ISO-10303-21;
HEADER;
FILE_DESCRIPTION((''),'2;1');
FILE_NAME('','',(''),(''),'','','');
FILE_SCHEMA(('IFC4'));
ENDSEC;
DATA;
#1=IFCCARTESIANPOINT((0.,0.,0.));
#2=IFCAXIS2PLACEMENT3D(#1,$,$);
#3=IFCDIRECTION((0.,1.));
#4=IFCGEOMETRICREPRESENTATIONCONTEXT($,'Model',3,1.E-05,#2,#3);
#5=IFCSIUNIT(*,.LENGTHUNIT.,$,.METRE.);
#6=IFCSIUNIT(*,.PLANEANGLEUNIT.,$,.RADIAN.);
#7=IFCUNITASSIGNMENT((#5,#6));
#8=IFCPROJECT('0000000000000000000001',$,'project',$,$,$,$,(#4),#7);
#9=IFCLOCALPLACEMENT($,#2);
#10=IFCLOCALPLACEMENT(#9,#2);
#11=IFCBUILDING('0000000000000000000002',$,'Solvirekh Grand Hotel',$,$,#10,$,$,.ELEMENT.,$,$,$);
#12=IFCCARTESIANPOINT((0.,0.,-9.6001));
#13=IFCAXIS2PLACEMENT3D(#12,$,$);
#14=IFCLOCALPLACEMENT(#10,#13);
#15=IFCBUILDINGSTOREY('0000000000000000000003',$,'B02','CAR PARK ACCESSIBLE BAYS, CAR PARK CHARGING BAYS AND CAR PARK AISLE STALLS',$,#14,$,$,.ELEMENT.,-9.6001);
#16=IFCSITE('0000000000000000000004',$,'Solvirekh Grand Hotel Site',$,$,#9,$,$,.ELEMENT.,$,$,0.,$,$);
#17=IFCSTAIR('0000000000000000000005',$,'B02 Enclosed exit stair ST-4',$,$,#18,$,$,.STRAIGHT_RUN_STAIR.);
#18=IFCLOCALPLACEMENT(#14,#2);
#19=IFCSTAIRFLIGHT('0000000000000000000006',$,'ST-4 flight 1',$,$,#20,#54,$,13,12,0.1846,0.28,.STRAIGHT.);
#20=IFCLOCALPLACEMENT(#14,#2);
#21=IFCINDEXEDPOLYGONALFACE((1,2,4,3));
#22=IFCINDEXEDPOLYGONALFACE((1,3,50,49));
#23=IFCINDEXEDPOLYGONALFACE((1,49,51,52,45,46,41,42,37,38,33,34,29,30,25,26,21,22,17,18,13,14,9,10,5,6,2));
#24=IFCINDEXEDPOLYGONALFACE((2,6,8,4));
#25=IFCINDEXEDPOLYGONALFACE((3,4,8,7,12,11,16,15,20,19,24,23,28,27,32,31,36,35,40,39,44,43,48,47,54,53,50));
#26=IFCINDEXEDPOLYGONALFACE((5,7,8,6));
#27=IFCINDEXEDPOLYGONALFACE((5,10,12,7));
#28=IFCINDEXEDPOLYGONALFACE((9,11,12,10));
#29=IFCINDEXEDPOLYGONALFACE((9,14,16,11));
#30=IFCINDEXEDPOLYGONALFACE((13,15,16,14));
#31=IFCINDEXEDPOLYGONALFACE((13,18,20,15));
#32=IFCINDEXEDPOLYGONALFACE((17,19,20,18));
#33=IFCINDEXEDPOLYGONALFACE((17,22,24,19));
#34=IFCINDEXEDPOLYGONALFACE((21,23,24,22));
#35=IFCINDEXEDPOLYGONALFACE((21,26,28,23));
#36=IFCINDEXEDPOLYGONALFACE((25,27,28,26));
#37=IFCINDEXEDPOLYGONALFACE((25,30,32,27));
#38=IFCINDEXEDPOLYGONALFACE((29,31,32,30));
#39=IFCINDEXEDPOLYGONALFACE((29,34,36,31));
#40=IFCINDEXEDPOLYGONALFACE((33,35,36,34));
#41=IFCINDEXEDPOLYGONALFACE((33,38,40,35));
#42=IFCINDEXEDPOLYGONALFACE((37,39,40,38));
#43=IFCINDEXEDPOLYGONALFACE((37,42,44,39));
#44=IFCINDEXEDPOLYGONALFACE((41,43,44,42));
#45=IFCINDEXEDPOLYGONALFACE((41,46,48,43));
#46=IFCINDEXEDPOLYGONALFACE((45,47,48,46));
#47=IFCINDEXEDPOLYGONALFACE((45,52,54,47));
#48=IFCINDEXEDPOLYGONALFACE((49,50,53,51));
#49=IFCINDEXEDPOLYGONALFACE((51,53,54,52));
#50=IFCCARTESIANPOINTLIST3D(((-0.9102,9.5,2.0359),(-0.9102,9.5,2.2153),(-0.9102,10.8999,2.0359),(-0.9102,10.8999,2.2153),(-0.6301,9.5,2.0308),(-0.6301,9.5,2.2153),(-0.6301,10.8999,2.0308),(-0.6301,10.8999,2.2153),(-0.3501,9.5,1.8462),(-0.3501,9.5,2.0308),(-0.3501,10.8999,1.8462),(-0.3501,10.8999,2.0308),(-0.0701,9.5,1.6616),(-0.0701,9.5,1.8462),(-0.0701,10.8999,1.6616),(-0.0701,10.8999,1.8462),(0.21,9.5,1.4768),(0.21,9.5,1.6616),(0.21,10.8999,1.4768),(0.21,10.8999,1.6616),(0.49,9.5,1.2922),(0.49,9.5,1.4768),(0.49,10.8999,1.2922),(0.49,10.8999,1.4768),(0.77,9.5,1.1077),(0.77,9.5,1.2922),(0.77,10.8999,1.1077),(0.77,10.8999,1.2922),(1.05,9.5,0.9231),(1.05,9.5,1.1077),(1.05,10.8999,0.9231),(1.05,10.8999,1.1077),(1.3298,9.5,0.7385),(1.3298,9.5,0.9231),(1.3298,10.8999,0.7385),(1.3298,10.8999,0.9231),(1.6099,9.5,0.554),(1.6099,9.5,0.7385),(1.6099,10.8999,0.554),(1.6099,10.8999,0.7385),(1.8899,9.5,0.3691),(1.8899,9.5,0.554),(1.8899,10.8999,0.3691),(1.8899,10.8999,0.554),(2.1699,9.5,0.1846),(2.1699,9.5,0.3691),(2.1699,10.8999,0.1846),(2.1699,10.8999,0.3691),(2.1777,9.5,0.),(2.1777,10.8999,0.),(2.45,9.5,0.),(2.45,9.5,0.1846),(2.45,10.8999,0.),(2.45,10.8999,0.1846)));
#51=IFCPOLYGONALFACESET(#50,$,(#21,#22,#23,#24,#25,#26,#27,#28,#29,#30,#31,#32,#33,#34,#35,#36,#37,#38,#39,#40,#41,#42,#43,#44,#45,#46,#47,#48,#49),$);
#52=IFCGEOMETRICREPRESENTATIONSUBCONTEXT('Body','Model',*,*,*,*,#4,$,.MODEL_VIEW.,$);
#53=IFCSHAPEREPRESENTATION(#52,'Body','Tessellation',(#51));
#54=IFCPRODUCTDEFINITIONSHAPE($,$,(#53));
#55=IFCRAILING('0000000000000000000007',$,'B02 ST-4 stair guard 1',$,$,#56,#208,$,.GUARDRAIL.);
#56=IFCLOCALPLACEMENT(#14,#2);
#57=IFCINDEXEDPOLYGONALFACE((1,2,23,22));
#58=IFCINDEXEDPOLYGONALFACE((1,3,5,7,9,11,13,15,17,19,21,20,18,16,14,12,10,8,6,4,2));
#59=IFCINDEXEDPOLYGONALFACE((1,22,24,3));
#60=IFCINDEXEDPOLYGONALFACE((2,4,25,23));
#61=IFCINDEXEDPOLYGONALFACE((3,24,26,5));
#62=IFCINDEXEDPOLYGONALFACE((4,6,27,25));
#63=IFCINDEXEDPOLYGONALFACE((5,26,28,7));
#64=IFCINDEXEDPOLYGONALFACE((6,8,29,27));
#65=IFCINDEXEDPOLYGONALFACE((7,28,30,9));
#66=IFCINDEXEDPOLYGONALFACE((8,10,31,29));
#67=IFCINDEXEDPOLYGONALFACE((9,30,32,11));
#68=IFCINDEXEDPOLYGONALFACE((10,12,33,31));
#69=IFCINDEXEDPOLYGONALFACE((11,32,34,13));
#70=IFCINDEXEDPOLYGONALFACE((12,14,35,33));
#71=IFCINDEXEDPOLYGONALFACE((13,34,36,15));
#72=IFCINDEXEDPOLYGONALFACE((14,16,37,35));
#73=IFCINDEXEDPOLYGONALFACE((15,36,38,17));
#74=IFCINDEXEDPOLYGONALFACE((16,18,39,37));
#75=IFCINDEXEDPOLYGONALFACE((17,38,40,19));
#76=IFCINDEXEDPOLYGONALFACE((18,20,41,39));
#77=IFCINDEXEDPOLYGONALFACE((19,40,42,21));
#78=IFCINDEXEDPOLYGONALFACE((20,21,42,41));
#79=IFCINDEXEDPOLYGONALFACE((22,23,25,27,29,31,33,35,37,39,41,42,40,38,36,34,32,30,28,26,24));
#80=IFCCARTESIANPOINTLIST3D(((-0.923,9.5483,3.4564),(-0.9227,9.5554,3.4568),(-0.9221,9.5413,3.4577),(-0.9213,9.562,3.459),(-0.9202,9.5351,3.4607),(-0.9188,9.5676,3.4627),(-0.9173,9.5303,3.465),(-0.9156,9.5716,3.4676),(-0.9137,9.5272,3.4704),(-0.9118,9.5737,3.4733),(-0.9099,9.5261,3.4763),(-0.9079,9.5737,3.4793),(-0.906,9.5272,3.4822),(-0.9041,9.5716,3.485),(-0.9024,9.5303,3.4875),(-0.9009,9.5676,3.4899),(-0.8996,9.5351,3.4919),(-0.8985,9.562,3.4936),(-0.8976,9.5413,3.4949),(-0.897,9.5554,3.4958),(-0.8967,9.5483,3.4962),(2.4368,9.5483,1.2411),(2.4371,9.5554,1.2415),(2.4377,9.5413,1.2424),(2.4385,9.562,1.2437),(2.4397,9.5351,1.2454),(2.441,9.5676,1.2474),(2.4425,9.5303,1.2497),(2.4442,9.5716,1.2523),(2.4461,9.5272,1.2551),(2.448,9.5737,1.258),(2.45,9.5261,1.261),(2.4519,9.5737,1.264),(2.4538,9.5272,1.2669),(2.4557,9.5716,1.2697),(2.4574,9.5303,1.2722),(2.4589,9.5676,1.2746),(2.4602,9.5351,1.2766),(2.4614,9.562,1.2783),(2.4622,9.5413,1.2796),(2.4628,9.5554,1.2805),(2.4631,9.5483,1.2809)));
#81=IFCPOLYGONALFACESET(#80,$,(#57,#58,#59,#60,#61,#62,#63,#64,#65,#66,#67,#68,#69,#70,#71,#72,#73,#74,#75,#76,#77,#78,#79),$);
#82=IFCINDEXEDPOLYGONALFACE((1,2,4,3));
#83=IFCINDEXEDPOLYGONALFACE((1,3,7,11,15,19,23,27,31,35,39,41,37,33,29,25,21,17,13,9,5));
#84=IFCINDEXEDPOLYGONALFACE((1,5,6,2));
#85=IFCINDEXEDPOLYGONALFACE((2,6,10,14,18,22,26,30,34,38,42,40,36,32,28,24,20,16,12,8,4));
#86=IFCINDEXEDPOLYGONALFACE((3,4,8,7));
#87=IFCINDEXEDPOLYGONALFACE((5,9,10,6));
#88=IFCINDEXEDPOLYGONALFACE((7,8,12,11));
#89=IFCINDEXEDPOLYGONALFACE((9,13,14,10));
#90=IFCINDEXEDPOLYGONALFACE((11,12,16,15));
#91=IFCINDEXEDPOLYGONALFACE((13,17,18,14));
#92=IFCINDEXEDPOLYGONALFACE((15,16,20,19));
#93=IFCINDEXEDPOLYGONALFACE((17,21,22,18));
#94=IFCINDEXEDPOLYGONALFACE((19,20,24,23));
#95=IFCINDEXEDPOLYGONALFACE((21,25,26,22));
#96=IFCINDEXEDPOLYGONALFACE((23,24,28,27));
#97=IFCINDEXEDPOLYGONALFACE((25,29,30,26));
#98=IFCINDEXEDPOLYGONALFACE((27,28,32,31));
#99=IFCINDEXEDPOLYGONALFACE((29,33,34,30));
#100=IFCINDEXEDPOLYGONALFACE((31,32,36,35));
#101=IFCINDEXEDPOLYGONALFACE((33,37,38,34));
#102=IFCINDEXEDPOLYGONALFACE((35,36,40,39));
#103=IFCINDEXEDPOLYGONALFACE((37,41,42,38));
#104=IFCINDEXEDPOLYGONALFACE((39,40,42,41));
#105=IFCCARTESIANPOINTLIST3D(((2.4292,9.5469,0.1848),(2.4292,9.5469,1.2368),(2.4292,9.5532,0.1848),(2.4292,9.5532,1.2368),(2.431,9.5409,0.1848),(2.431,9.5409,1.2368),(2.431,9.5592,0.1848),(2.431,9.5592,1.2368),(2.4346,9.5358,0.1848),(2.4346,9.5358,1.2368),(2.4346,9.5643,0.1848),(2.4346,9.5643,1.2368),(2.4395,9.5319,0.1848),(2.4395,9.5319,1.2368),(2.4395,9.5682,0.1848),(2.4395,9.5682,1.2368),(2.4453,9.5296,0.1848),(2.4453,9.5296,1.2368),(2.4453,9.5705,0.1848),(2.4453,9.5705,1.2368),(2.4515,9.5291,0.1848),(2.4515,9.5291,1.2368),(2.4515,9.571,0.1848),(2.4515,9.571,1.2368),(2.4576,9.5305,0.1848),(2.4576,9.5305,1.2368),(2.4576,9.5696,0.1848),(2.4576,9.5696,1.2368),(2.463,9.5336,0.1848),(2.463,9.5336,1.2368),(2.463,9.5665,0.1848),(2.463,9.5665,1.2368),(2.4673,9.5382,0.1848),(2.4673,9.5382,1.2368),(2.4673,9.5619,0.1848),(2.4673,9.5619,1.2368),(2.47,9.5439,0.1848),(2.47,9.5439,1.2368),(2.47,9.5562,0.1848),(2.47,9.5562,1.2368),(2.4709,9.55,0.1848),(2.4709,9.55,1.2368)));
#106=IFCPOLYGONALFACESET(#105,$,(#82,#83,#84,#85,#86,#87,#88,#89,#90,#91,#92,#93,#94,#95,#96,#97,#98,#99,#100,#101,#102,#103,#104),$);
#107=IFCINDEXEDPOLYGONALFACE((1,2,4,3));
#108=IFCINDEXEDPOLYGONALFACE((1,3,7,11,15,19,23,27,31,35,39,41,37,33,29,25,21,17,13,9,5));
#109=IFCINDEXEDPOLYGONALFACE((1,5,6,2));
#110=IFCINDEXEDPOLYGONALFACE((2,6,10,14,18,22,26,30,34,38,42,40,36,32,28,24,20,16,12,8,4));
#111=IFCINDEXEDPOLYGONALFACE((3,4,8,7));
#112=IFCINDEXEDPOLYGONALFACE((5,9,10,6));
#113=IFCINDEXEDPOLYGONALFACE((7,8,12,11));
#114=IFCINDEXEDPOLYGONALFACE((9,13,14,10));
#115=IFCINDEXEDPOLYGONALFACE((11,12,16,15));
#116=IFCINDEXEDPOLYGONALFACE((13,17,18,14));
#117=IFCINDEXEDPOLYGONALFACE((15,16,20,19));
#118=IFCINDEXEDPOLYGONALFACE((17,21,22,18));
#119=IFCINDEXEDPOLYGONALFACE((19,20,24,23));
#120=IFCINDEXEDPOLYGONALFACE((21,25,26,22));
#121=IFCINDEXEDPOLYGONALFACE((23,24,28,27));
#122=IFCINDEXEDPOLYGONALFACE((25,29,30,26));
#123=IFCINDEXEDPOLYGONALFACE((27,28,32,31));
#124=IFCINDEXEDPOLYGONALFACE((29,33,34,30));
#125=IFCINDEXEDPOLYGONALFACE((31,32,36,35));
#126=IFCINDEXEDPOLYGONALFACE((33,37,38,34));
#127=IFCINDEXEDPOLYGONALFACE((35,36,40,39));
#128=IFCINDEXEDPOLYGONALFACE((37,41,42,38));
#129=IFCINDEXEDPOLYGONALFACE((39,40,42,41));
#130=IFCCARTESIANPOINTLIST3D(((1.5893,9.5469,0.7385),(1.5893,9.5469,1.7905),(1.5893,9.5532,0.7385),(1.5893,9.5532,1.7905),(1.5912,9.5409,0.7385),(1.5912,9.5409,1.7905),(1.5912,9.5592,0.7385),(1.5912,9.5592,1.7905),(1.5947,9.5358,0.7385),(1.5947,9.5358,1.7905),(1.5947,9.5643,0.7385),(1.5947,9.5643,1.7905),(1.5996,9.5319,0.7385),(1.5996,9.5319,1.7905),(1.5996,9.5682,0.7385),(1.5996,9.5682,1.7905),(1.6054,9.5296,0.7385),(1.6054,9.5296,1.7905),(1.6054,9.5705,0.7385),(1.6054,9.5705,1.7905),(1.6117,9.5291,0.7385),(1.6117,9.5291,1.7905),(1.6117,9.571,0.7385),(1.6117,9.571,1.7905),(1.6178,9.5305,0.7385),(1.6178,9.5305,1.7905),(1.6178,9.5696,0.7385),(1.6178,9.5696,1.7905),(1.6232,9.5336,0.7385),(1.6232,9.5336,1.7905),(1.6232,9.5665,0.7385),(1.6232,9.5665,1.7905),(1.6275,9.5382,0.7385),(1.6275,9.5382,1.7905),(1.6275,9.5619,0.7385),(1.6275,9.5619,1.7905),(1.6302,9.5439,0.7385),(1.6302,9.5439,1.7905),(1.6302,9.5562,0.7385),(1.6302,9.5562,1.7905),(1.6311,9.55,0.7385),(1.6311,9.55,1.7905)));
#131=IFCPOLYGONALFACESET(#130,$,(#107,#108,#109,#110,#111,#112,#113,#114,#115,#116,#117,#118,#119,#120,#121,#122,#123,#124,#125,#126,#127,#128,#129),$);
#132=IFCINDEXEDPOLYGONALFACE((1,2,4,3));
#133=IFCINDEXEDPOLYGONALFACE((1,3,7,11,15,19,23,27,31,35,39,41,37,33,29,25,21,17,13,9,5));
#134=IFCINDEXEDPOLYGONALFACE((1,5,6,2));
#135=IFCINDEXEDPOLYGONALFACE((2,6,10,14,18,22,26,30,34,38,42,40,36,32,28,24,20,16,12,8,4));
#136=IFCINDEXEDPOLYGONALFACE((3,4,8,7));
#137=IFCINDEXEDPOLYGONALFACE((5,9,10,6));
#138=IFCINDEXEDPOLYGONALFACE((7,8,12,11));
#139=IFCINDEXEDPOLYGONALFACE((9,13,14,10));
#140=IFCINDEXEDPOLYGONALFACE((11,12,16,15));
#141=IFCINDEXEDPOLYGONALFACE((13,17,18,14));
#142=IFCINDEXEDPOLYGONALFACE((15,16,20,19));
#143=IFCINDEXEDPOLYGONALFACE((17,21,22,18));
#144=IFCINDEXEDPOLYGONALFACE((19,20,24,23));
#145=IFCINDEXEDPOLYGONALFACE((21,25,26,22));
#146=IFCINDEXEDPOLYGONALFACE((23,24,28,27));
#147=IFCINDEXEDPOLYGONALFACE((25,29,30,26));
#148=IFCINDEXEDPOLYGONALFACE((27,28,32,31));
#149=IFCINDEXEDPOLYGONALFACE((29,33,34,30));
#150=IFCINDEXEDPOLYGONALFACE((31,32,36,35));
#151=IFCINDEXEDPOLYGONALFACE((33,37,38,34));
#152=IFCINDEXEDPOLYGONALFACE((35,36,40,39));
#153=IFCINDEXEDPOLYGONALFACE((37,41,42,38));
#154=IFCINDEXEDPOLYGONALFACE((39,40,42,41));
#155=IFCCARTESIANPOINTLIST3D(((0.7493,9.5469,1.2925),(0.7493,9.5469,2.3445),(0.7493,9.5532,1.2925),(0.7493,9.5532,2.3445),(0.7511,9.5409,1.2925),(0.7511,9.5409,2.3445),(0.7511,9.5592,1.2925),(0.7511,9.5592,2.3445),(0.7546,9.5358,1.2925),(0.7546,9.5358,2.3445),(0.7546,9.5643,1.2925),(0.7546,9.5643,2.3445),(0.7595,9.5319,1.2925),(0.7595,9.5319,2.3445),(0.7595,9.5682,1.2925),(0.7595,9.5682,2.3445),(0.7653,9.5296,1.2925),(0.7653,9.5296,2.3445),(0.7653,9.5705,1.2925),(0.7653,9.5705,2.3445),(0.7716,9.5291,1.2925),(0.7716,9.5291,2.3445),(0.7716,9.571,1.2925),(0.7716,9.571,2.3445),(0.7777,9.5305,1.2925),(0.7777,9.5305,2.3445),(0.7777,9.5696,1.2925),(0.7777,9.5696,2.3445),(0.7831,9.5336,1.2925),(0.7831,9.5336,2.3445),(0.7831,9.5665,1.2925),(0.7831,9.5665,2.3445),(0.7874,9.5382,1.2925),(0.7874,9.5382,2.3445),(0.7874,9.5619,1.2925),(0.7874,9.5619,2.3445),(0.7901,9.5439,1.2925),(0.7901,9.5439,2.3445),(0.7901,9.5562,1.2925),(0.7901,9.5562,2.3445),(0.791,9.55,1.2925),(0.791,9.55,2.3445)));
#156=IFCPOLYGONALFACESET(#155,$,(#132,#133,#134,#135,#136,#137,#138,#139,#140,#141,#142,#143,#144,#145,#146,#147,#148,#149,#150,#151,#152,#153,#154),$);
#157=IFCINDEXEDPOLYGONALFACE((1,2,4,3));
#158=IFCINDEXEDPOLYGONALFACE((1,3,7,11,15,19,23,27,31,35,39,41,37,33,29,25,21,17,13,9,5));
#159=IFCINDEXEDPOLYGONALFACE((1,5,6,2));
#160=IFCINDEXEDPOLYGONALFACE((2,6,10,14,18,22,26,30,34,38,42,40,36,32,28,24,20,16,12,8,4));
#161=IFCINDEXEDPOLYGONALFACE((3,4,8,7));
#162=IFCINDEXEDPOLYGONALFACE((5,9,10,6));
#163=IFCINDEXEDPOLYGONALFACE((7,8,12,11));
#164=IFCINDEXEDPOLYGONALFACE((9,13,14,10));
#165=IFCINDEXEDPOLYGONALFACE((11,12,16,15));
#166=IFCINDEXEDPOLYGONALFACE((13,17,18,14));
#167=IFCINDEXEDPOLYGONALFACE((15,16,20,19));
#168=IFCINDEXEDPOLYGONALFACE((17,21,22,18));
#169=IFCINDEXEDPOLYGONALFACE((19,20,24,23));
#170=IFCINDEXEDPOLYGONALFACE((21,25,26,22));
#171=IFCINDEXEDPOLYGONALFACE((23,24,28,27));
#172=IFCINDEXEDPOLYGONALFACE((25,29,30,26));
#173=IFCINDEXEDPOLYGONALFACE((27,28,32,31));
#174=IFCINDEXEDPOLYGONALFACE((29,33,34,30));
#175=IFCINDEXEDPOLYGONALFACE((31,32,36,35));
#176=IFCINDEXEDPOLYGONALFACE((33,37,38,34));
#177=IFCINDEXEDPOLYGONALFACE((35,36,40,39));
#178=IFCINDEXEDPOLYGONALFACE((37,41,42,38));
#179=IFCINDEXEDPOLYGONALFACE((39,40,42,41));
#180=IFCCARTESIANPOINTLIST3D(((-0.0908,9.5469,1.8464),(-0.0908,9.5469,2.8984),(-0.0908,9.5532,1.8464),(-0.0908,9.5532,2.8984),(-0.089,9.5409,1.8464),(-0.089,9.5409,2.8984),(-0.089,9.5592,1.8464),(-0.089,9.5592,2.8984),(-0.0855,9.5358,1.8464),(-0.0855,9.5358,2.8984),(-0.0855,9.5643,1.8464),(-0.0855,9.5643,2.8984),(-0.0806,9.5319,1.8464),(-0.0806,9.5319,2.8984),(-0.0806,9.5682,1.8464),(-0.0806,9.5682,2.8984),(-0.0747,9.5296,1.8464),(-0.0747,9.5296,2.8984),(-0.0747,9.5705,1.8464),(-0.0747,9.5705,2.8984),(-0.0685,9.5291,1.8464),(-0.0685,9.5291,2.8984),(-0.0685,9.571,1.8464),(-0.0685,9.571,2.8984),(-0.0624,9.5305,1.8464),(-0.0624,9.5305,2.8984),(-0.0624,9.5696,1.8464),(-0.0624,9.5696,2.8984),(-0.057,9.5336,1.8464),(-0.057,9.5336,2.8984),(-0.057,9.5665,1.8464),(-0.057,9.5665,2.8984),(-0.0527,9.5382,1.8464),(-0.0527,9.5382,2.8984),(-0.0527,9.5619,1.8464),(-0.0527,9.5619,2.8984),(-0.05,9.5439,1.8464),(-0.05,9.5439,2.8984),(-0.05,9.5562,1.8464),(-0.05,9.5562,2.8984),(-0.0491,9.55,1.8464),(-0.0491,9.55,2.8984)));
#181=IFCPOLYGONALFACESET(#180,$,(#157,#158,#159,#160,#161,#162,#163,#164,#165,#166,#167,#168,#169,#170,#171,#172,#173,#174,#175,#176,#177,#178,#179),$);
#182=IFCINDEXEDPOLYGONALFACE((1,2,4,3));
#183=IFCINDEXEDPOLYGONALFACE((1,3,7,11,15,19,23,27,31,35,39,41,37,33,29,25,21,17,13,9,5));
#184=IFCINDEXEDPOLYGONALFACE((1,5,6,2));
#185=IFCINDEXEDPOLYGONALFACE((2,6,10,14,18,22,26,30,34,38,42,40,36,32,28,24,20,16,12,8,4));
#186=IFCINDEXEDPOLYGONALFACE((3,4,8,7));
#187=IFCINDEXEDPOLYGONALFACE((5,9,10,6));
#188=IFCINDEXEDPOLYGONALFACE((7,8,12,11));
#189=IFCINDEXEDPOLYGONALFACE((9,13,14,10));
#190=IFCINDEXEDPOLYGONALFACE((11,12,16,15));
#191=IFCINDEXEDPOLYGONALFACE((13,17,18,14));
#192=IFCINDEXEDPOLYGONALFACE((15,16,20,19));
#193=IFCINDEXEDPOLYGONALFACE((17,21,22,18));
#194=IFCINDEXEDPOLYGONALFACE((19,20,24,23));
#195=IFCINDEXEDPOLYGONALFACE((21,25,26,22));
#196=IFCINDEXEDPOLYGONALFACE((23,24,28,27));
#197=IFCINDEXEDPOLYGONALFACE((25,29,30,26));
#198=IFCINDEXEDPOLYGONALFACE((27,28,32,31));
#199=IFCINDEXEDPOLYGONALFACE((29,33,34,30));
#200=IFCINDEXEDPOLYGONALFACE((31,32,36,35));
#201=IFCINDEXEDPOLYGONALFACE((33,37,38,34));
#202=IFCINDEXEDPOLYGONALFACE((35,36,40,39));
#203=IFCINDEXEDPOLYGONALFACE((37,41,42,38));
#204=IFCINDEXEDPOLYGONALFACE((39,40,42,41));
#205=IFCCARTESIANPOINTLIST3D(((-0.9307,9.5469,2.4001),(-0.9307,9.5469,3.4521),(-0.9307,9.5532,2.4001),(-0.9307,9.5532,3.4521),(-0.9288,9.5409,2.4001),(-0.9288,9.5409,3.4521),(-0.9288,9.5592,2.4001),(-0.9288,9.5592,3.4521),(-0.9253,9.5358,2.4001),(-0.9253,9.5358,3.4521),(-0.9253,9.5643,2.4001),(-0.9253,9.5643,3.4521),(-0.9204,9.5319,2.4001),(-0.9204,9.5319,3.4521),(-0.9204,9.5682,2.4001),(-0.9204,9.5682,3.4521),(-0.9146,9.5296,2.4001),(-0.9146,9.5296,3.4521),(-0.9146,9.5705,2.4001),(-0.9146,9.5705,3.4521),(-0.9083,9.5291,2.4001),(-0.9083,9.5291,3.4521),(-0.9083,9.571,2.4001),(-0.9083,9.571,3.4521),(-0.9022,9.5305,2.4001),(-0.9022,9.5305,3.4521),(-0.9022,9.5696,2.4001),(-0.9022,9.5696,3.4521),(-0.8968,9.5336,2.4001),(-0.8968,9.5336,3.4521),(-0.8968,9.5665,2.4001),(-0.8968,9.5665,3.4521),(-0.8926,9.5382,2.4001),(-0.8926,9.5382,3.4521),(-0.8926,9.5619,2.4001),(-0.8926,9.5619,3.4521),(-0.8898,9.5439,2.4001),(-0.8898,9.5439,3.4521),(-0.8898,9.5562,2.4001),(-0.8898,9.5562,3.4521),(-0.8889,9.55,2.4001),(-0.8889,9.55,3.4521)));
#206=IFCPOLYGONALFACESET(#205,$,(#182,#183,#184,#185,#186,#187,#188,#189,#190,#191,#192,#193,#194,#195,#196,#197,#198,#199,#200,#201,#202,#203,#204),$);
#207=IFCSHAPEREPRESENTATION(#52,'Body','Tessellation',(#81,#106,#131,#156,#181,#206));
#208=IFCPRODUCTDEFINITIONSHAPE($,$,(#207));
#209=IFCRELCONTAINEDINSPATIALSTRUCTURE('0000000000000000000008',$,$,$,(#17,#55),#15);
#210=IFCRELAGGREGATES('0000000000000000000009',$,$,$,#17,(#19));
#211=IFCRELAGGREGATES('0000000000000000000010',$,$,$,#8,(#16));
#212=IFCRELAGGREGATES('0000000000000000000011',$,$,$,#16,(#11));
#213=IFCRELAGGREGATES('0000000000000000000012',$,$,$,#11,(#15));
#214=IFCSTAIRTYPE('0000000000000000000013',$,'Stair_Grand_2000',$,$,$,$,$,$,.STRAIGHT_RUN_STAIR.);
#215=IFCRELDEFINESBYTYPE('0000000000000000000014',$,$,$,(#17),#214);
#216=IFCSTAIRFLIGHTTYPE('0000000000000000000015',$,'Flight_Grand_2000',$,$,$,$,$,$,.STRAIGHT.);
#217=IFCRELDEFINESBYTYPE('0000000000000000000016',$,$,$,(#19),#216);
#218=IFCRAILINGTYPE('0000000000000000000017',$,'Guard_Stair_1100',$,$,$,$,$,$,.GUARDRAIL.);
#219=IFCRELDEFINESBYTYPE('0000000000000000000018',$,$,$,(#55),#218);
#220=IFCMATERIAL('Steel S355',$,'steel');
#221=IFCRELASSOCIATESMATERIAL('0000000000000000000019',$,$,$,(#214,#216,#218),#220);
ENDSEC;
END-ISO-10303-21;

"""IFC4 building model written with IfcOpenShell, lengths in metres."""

from ifc_helpers import new_model, si_unit, direction, frame, origin, origin_2d, place, context, subcontext, project, spatial, polyline, circle, outline, extrude, material, type_object, element, aggregate, save


model = new_model("IFC4")

# Units and contexts
model_context = context("Model", 3, precision=1e-05, world=origin(), true_north=direction((0.0, 1.0)))
body_context = subcontext(model_context, "Body", "Model", "MODEL_VIEW")
ifc_project = project(units=[si_unit("LENGTHUNIT", "METRE"), si_unit("PLANEANGLEUNIT", "RADIAN")], contexts=[model_context])

# Site, building, storey
site_placement = place(None, origin())
site = spatial("IfcSite", under=ifc_project, at=site_placement, Name="Solvirekh Grand Hotel Site", CompositionType="ELEMENT", RefElevation=0.0)
building_placement = place(site_placement, origin())
building = spatial("IfcBuilding", under=site, at=building_placement, Name="Solvirekh Grand Hotel", CompositionType="ELEMENT")
storey_placement = place(building_placement, frame((0.0, 0.0, -9.6001)))
storey = spatial("IfcBuildingStorey", under=building, at=storey_placement, Name="B02", Description="CAR PARK ACCESSIBLE BAYS, CAR PARK CHARGING BAYS AND CAR PARK AISLE STALLS", CompositionType="ELEMENT", Elevation=-9.6001)

# Shared definitions
ifc_material_1 = material(Name="Steel S355", Category="steel")

# Stair, stair flight
stair_type = type_object("IfcStairType", Name="Stair_Grand_2000", PredefinedType="STRAIGHT_RUN_STAIR", material=ifc_material_1)
stair_placement = place(storey_placement, origin())
stair = element("IfcStair", 1, at=stair_placement, inside=storey, type_object=stair_type, Name="B02 Enclosed exit stair ST-4", PredefinedType="STRAIGHT_RUN_STAIR")
stair_flight_type = type_object("IfcStairFlightType", Name="Flight_Grand_2000", PredefinedType="STRAIGHT", material=ifc_material_1)
stair_flight_placement = place(storey_placement, frame((2.45, 10.2, 0.0), z_axis=(0.0, 0.0, 1.0), x_axis=(-1.0, 0.0, 0.0)))
stair_flight = element("IfcStairFlight", 2, at=stair_flight_placement, type_object=stair_flight_type, Name="ST-4 flight 1", NumberOfRisers=13, NumberOfTreads=12, PredefinedType="STRAIGHT", RiserHeight=0.1846, TreadLength=0.28, context=body_context, shape_type="SweptSolid", body=[
    extrude(outline(polyline([(0.0, 0.0), (0.0, 0.1846), (0.28, 0.1846), (0.28, 0.3691), (0.5601, 0.3691), (0.5601, 0.554), (0.8401, 0.554), (0.8401, 0.7385), (1.1201, 0.7385), (1.1201, 0.9231), (1.3999, 0.9231), (1.3999, 1.1077), (1.6799, 1.1077), (1.6799, 1.2922), (1.96, 1.2922), (1.96, 1.4768), (2.24, 1.4768), (2.24, 1.6616), (2.52, 1.6616), (2.52, 1.8462), (2.8, 1.8462), (2.8, 2.0308), (3.0801, 2.0308), (3.0801, 2.2153), (3.3601, 2.2153), (3.3601, 2.3999), (3.3601, 2.0359), (0.2722, 0.0), (0.0, 0.0)])), frame((0.0, 0.7, 0.0), z_axis=(0.0, -1.0, 0.0), x_axis=(1.0, 0.0, 0.0)), (0.0, 0.0, 1.0), 1.3999),
])
aggregate(stair, [stair_flight])

# Railing
railing_type_1 = type_object("IfcRailingType", Name="Guard_Stair_1100", PredefinedType="GUARDRAIL", material=ifc_material_1)
railing_1_placement = place(storey_placement, frame((2.45, 9.55, 0.1848)))
element("IfcRailing", 3, at=railing_1_placement, inside=storey, type_object=railing_type_1, Name="B02 ST-4 stair guard 1", PredefinedType="GUARDRAIL", context=body_context, shape_type="SweptSolid", body=[
    extrude(circle(Radius=0.0239, at=origin_2d()), frame((0.0, 0.0, 1.0762), z_axis=(-0.834858, 0.0, 0.550465), x_axis=(0.0, -1.0, 0.0)), (0.0, 0.0, 1.0), 4.0244),
    extrude(circle(Radius=0.021, at=origin_2d()), origin(), (0.0, 0.0, 1.0), 1.052),
    extrude(circle(Radius=0.021, at=origin_2d()), frame((-0.8398, 0.0, 0.5537)), (0.0, 0.0, 1.0), 1.052),
    extrude(circle(Radius=0.021, at=origin_2d()), frame((-1.6799, 0.0, 1.1077)), (0.0, 0.0, 1.0), 1.052),
    extrude(circle(Radius=0.021, at=origin_2d()), frame((-2.52, 0.0, 1.6616)), (0.0, 0.0, 1.0), 1.052),
    extrude(circle(Radius=0.021, at=origin_2d()), frame((-3.3599, 0.0, 2.2153)), (0.0, 0.0, 1.0), 1.052),
])

save(model, "model.ifc")
